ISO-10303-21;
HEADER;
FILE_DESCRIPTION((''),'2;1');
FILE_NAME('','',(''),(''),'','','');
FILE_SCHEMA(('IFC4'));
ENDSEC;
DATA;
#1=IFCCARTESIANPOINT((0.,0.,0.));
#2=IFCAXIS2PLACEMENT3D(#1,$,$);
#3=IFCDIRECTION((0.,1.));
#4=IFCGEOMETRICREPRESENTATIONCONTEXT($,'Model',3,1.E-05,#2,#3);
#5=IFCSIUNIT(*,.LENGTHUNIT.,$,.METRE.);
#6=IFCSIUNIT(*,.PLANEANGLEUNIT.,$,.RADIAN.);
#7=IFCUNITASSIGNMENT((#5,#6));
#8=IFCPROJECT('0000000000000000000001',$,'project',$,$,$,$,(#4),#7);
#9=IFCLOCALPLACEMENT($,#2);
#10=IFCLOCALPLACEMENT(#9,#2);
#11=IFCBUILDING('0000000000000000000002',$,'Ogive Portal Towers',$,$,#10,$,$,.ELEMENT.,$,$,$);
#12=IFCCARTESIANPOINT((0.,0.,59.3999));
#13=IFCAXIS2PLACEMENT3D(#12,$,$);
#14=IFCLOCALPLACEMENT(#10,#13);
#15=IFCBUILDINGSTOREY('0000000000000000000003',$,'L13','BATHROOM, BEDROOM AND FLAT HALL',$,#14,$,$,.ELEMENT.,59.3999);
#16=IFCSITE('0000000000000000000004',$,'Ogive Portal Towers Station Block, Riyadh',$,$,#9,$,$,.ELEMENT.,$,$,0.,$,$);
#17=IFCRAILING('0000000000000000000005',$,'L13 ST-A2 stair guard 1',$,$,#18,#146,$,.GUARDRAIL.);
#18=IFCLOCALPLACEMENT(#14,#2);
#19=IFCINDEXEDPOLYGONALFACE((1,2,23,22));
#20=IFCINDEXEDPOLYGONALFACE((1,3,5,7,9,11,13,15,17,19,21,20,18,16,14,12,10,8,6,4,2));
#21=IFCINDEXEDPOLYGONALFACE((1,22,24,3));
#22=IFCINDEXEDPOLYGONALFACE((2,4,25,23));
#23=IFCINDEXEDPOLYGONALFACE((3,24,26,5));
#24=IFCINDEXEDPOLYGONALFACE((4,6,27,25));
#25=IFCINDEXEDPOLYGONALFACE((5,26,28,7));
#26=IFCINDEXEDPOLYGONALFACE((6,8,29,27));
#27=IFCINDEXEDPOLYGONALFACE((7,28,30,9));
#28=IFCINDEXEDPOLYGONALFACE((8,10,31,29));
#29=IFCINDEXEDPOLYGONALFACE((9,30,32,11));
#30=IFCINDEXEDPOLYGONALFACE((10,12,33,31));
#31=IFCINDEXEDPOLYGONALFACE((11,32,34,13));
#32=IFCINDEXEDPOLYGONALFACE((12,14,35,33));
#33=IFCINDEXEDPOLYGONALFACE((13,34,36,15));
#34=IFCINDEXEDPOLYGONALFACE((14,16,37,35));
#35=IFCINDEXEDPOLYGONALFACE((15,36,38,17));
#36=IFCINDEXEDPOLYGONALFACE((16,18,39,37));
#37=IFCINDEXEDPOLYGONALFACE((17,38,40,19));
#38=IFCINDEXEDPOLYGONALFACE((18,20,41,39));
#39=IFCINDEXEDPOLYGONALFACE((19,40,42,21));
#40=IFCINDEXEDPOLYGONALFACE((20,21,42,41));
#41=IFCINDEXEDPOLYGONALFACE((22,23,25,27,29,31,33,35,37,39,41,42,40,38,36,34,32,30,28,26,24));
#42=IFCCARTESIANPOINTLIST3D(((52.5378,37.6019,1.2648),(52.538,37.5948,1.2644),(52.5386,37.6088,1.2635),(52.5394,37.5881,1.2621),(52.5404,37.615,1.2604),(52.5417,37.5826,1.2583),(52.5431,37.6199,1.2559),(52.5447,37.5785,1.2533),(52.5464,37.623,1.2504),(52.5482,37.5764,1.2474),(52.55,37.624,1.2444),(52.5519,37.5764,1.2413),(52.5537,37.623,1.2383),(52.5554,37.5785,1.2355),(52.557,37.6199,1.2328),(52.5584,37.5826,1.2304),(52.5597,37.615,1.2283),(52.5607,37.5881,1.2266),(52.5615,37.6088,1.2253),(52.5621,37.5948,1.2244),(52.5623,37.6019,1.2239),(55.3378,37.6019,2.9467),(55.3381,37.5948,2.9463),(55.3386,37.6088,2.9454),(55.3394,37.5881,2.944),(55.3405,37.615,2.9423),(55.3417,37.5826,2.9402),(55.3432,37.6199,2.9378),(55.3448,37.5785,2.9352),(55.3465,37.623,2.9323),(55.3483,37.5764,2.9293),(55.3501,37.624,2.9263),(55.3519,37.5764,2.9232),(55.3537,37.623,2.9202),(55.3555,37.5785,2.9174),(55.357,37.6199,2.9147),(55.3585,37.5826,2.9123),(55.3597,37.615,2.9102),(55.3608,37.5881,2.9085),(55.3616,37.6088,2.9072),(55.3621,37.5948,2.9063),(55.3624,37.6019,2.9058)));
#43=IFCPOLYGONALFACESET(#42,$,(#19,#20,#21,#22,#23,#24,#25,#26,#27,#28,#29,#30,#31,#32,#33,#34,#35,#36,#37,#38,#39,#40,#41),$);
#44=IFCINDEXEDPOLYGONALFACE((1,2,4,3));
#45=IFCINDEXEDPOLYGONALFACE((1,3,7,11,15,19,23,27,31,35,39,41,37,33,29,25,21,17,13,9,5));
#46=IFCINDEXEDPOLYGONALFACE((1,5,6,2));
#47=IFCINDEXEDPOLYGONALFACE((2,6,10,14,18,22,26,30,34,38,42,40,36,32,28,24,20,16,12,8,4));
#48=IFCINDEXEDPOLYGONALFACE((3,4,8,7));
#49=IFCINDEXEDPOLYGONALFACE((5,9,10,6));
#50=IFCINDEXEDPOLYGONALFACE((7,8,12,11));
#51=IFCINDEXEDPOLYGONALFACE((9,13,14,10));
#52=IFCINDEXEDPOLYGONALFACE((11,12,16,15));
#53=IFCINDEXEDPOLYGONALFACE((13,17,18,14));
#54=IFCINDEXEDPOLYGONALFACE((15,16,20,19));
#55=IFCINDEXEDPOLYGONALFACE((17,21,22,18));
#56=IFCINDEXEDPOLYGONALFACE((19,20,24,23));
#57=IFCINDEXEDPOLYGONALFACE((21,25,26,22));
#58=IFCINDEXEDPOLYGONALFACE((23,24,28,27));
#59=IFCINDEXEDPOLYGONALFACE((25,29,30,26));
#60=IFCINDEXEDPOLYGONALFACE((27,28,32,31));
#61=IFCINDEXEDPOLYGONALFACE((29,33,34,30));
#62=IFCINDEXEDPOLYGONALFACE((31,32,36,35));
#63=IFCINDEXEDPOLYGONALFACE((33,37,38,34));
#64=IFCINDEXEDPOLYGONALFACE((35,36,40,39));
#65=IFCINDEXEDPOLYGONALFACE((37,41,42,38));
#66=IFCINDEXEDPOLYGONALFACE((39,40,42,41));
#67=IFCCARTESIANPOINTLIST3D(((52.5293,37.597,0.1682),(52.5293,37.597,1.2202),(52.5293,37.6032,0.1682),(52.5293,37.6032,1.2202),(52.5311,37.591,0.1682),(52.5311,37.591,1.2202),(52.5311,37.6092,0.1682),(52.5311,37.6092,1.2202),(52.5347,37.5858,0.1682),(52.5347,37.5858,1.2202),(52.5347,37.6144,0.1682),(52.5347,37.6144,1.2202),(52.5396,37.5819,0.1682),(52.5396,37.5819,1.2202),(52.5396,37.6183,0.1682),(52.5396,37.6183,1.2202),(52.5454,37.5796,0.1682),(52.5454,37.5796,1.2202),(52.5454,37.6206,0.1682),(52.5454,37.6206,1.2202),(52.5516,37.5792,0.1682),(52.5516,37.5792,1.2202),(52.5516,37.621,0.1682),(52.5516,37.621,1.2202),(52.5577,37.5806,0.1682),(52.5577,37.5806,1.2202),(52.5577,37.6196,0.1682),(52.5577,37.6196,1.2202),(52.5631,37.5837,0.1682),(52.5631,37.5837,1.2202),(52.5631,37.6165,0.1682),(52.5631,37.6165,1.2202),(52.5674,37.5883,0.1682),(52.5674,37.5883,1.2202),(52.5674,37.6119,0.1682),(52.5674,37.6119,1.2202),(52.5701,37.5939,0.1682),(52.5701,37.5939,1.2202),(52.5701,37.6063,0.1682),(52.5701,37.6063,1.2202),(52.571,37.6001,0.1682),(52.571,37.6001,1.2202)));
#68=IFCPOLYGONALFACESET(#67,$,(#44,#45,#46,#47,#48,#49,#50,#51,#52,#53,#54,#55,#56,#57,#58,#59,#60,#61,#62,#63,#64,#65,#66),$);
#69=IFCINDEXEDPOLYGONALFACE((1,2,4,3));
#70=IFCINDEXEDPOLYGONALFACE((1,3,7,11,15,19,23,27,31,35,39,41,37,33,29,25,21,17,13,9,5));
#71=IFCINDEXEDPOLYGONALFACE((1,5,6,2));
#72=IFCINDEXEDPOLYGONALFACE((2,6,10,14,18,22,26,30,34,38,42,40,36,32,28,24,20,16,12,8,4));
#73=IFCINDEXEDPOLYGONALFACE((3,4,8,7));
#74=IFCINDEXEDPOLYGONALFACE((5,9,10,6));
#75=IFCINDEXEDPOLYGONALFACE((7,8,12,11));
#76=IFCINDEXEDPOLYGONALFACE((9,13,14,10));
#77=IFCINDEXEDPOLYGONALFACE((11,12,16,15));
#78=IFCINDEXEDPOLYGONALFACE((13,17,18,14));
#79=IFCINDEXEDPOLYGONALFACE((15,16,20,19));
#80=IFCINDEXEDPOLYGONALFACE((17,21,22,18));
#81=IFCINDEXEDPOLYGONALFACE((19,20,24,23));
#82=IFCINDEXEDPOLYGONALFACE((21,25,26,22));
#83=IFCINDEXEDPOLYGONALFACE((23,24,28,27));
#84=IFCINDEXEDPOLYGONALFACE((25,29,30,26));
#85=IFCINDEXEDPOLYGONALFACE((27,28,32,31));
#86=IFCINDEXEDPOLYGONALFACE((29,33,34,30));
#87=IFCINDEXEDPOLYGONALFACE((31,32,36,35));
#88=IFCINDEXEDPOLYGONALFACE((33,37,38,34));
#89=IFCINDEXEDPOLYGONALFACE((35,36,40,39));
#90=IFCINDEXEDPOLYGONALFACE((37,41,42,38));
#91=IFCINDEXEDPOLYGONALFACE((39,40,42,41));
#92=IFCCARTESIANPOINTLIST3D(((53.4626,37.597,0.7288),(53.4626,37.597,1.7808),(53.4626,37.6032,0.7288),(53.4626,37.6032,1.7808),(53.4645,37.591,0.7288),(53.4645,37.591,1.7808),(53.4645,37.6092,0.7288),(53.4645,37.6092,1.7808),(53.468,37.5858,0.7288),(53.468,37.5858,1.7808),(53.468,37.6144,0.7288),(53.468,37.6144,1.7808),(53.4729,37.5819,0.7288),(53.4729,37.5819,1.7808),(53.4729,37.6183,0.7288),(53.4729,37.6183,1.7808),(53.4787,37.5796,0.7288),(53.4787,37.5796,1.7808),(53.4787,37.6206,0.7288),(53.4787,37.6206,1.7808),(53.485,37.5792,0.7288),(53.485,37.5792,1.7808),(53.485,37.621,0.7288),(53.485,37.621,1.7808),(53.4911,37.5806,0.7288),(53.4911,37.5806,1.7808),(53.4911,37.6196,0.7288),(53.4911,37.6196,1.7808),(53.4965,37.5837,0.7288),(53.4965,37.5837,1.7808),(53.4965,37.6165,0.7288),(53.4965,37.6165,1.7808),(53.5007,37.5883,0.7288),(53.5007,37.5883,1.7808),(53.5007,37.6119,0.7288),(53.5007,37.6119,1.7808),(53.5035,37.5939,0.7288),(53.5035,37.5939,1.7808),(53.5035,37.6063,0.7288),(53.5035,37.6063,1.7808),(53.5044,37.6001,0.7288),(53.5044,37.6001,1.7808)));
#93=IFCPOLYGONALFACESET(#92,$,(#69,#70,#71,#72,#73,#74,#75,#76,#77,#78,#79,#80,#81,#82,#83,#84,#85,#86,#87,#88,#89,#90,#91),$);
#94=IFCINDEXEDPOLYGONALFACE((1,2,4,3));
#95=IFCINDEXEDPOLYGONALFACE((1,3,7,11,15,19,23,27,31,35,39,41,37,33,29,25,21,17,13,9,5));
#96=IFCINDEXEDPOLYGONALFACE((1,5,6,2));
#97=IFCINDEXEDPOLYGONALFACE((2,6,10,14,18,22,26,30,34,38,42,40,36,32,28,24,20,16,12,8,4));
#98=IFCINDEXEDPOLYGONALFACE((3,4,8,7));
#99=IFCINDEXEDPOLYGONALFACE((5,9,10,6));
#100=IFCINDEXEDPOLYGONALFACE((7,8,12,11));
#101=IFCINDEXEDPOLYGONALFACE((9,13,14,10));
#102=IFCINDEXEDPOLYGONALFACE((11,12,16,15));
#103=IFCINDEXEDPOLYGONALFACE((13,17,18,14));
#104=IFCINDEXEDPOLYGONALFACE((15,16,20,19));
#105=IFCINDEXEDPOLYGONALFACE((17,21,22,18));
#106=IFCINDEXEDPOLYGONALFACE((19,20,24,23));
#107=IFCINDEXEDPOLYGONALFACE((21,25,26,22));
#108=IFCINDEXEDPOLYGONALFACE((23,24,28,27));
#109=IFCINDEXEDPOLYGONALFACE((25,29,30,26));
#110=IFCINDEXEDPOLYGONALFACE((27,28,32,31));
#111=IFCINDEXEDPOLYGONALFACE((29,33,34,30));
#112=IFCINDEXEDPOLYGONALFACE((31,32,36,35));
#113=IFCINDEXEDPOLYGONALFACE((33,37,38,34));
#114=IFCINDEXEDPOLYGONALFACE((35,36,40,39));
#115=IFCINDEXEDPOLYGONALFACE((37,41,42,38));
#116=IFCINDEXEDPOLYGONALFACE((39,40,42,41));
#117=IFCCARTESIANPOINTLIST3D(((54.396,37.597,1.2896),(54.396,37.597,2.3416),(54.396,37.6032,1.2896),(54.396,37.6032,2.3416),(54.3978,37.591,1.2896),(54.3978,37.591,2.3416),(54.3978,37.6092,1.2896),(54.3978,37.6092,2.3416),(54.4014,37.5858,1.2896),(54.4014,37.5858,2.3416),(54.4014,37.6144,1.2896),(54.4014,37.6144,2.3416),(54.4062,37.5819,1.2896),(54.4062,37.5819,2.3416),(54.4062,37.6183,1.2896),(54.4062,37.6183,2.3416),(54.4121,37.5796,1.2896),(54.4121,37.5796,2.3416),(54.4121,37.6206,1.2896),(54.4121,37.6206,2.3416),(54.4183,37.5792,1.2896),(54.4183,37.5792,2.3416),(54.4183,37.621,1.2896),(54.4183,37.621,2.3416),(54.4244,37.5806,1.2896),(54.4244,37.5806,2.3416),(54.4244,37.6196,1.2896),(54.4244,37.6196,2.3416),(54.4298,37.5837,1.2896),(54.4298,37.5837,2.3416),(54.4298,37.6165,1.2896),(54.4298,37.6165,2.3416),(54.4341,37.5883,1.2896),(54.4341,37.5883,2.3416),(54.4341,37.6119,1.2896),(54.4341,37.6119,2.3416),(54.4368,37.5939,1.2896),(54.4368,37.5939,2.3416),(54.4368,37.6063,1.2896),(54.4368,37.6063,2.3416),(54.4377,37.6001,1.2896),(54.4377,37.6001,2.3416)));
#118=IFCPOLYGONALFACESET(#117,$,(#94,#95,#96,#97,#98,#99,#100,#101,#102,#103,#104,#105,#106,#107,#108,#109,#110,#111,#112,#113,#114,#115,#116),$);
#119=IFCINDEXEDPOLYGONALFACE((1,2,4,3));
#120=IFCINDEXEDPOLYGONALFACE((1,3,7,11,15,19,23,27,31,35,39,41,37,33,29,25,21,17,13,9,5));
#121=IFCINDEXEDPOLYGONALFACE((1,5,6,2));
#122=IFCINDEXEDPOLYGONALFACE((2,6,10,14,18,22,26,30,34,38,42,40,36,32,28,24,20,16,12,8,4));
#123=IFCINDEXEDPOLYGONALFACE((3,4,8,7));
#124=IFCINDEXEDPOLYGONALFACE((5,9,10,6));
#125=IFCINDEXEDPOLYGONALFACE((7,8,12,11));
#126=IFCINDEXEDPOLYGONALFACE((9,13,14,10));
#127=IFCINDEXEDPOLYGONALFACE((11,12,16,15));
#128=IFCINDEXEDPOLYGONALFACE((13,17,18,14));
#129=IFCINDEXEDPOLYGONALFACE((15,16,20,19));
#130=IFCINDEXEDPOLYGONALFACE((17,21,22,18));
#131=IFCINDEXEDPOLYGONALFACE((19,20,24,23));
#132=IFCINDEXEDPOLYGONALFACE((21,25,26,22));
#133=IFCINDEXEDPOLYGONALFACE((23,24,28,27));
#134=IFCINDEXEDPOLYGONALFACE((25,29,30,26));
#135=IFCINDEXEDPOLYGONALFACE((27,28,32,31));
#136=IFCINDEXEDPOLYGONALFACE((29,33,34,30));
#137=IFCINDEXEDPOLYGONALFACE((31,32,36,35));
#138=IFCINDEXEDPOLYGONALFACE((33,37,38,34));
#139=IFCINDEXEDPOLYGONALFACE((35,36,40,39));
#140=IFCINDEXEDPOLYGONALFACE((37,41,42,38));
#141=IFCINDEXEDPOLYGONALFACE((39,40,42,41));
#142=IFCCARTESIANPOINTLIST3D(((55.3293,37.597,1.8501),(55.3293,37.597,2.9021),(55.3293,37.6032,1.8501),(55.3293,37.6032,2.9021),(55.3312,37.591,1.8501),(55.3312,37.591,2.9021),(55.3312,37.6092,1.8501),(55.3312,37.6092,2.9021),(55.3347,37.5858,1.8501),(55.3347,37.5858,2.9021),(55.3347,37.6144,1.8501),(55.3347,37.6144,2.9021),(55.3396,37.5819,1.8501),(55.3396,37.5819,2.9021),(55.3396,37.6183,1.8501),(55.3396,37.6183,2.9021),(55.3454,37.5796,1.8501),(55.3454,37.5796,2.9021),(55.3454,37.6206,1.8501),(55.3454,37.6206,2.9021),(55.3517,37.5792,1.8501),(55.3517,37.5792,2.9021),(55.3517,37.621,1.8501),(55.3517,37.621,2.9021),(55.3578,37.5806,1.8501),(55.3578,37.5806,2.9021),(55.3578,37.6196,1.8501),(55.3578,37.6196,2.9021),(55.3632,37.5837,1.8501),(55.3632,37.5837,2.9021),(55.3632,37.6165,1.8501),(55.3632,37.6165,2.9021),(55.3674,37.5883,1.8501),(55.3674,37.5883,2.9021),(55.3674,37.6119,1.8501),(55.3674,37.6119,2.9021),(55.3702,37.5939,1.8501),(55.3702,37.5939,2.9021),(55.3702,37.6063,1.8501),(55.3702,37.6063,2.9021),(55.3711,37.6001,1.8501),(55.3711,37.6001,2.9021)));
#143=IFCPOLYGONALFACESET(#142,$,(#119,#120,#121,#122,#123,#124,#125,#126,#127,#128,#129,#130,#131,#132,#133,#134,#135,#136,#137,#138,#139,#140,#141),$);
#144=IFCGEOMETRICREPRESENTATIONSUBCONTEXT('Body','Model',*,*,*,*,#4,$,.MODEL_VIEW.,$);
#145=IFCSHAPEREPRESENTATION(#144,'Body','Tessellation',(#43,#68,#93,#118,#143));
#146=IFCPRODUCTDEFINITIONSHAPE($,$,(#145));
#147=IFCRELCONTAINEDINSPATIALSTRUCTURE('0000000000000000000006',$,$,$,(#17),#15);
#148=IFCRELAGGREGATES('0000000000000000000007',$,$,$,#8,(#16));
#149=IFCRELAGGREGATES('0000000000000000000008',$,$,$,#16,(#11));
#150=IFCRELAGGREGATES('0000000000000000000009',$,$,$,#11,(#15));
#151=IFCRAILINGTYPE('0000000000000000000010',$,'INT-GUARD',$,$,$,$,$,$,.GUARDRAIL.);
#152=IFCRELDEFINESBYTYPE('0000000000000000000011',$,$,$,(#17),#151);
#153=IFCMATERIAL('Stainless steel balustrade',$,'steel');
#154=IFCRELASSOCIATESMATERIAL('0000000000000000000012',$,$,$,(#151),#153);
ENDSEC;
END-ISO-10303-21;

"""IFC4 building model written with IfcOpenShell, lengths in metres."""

from ifc_helpers import new_model, si_unit, direction, frame, origin, origin_2d, place, context, subcontext, project, spatial, circle, extrude, material, type_object, element, save


model = new_model("IFC4")

# Units and contexts
model_context = context("Model", 3, precision=1e-05, world=origin(), true_north=direction((0.0, 1.0)))
body_context = subcontext(model_context, "Body", "Model", "MODEL_VIEW")
ifc_project = project(units=[si_unit("LENGTHUNIT", "METRE"), si_unit("PLANEANGLEUNIT", "RADIAN")], contexts=[model_context])

# Site, building, storey
site_placement = place(None, origin())
site = spatial("IfcSite", under=ifc_project, at=site_placement, Name="Ogive Portal Towers Station Block, Riyadh", CompositionType="ELEMENT", RefElevation=0.0)
building_placement = place(site_placement, origin())
building = spatial("IfcBuilding", under=site, at=building_placement, Name="Ogive Portal Towers", CompositionType="ELEMENT")
storey_placement = place(building_placement, frame((0.0, 0.0, 59.3999)))
storey = spatial("IfcBuildingStorey", under=building, at=storey_placement, Name="L13", Description="BATHROOM, BEDROOM AND FLAT HALL", CompositionType="ELEMENT", Elevation=59.3999)

# Railing
ifc_material_1 = material(Name="Stainless steel balustrade", Category="steel")
railing_type_1 = type_object("IfcRailingType", Name="INT-GUARD", PredefinedType="GUARDRAIL", material=ifc_material_1)
railing_1_placement = place(storey_placement, frame((52.55, 37.6001, 0.1682)))
element("IfcRailing", 1, at=railing_1_placement, inside=storey, type_object=railing_type_1, Name="L13 ST-A2 stair guard 1", PredefinedType="GUARDRAIL", context=body_context, shape_type="SweptSolid", body=[
    extrude(circle(Radius=0.0239, at=origin_2d()), frame((0.0, 0.0, 1.0762), z_axis=(0.857242, 0.0, 0.514913), x_axis=(0.0, 1.0, 0.0)), (0.0, 0.0, 1.0), 3.2664),
    extrude(circle(Radius=0.021, at=origin_2d()), origin(), (0.0, 0.0, 1.0), 1.052),
    extrude(circle(Radius=0.021, at=origin_2d()), frame((0.9333, 0.0, 0.5605)), (0.0, 0.0, 1.0), 1.052),
    extrude(circle(Radius=0.021, at=origin_2d()), frame((1.8667, 0.0, 1.1213)), (0.0, 0.0, 1.0), 1.052),
    extrude(circle(Radius=0.021, at=origin_2d()), frame((2.8, 0.0, 1.6819)), (0.0, 0.0, 1.0), 1.052),
])

save(model, "model.ifc")
